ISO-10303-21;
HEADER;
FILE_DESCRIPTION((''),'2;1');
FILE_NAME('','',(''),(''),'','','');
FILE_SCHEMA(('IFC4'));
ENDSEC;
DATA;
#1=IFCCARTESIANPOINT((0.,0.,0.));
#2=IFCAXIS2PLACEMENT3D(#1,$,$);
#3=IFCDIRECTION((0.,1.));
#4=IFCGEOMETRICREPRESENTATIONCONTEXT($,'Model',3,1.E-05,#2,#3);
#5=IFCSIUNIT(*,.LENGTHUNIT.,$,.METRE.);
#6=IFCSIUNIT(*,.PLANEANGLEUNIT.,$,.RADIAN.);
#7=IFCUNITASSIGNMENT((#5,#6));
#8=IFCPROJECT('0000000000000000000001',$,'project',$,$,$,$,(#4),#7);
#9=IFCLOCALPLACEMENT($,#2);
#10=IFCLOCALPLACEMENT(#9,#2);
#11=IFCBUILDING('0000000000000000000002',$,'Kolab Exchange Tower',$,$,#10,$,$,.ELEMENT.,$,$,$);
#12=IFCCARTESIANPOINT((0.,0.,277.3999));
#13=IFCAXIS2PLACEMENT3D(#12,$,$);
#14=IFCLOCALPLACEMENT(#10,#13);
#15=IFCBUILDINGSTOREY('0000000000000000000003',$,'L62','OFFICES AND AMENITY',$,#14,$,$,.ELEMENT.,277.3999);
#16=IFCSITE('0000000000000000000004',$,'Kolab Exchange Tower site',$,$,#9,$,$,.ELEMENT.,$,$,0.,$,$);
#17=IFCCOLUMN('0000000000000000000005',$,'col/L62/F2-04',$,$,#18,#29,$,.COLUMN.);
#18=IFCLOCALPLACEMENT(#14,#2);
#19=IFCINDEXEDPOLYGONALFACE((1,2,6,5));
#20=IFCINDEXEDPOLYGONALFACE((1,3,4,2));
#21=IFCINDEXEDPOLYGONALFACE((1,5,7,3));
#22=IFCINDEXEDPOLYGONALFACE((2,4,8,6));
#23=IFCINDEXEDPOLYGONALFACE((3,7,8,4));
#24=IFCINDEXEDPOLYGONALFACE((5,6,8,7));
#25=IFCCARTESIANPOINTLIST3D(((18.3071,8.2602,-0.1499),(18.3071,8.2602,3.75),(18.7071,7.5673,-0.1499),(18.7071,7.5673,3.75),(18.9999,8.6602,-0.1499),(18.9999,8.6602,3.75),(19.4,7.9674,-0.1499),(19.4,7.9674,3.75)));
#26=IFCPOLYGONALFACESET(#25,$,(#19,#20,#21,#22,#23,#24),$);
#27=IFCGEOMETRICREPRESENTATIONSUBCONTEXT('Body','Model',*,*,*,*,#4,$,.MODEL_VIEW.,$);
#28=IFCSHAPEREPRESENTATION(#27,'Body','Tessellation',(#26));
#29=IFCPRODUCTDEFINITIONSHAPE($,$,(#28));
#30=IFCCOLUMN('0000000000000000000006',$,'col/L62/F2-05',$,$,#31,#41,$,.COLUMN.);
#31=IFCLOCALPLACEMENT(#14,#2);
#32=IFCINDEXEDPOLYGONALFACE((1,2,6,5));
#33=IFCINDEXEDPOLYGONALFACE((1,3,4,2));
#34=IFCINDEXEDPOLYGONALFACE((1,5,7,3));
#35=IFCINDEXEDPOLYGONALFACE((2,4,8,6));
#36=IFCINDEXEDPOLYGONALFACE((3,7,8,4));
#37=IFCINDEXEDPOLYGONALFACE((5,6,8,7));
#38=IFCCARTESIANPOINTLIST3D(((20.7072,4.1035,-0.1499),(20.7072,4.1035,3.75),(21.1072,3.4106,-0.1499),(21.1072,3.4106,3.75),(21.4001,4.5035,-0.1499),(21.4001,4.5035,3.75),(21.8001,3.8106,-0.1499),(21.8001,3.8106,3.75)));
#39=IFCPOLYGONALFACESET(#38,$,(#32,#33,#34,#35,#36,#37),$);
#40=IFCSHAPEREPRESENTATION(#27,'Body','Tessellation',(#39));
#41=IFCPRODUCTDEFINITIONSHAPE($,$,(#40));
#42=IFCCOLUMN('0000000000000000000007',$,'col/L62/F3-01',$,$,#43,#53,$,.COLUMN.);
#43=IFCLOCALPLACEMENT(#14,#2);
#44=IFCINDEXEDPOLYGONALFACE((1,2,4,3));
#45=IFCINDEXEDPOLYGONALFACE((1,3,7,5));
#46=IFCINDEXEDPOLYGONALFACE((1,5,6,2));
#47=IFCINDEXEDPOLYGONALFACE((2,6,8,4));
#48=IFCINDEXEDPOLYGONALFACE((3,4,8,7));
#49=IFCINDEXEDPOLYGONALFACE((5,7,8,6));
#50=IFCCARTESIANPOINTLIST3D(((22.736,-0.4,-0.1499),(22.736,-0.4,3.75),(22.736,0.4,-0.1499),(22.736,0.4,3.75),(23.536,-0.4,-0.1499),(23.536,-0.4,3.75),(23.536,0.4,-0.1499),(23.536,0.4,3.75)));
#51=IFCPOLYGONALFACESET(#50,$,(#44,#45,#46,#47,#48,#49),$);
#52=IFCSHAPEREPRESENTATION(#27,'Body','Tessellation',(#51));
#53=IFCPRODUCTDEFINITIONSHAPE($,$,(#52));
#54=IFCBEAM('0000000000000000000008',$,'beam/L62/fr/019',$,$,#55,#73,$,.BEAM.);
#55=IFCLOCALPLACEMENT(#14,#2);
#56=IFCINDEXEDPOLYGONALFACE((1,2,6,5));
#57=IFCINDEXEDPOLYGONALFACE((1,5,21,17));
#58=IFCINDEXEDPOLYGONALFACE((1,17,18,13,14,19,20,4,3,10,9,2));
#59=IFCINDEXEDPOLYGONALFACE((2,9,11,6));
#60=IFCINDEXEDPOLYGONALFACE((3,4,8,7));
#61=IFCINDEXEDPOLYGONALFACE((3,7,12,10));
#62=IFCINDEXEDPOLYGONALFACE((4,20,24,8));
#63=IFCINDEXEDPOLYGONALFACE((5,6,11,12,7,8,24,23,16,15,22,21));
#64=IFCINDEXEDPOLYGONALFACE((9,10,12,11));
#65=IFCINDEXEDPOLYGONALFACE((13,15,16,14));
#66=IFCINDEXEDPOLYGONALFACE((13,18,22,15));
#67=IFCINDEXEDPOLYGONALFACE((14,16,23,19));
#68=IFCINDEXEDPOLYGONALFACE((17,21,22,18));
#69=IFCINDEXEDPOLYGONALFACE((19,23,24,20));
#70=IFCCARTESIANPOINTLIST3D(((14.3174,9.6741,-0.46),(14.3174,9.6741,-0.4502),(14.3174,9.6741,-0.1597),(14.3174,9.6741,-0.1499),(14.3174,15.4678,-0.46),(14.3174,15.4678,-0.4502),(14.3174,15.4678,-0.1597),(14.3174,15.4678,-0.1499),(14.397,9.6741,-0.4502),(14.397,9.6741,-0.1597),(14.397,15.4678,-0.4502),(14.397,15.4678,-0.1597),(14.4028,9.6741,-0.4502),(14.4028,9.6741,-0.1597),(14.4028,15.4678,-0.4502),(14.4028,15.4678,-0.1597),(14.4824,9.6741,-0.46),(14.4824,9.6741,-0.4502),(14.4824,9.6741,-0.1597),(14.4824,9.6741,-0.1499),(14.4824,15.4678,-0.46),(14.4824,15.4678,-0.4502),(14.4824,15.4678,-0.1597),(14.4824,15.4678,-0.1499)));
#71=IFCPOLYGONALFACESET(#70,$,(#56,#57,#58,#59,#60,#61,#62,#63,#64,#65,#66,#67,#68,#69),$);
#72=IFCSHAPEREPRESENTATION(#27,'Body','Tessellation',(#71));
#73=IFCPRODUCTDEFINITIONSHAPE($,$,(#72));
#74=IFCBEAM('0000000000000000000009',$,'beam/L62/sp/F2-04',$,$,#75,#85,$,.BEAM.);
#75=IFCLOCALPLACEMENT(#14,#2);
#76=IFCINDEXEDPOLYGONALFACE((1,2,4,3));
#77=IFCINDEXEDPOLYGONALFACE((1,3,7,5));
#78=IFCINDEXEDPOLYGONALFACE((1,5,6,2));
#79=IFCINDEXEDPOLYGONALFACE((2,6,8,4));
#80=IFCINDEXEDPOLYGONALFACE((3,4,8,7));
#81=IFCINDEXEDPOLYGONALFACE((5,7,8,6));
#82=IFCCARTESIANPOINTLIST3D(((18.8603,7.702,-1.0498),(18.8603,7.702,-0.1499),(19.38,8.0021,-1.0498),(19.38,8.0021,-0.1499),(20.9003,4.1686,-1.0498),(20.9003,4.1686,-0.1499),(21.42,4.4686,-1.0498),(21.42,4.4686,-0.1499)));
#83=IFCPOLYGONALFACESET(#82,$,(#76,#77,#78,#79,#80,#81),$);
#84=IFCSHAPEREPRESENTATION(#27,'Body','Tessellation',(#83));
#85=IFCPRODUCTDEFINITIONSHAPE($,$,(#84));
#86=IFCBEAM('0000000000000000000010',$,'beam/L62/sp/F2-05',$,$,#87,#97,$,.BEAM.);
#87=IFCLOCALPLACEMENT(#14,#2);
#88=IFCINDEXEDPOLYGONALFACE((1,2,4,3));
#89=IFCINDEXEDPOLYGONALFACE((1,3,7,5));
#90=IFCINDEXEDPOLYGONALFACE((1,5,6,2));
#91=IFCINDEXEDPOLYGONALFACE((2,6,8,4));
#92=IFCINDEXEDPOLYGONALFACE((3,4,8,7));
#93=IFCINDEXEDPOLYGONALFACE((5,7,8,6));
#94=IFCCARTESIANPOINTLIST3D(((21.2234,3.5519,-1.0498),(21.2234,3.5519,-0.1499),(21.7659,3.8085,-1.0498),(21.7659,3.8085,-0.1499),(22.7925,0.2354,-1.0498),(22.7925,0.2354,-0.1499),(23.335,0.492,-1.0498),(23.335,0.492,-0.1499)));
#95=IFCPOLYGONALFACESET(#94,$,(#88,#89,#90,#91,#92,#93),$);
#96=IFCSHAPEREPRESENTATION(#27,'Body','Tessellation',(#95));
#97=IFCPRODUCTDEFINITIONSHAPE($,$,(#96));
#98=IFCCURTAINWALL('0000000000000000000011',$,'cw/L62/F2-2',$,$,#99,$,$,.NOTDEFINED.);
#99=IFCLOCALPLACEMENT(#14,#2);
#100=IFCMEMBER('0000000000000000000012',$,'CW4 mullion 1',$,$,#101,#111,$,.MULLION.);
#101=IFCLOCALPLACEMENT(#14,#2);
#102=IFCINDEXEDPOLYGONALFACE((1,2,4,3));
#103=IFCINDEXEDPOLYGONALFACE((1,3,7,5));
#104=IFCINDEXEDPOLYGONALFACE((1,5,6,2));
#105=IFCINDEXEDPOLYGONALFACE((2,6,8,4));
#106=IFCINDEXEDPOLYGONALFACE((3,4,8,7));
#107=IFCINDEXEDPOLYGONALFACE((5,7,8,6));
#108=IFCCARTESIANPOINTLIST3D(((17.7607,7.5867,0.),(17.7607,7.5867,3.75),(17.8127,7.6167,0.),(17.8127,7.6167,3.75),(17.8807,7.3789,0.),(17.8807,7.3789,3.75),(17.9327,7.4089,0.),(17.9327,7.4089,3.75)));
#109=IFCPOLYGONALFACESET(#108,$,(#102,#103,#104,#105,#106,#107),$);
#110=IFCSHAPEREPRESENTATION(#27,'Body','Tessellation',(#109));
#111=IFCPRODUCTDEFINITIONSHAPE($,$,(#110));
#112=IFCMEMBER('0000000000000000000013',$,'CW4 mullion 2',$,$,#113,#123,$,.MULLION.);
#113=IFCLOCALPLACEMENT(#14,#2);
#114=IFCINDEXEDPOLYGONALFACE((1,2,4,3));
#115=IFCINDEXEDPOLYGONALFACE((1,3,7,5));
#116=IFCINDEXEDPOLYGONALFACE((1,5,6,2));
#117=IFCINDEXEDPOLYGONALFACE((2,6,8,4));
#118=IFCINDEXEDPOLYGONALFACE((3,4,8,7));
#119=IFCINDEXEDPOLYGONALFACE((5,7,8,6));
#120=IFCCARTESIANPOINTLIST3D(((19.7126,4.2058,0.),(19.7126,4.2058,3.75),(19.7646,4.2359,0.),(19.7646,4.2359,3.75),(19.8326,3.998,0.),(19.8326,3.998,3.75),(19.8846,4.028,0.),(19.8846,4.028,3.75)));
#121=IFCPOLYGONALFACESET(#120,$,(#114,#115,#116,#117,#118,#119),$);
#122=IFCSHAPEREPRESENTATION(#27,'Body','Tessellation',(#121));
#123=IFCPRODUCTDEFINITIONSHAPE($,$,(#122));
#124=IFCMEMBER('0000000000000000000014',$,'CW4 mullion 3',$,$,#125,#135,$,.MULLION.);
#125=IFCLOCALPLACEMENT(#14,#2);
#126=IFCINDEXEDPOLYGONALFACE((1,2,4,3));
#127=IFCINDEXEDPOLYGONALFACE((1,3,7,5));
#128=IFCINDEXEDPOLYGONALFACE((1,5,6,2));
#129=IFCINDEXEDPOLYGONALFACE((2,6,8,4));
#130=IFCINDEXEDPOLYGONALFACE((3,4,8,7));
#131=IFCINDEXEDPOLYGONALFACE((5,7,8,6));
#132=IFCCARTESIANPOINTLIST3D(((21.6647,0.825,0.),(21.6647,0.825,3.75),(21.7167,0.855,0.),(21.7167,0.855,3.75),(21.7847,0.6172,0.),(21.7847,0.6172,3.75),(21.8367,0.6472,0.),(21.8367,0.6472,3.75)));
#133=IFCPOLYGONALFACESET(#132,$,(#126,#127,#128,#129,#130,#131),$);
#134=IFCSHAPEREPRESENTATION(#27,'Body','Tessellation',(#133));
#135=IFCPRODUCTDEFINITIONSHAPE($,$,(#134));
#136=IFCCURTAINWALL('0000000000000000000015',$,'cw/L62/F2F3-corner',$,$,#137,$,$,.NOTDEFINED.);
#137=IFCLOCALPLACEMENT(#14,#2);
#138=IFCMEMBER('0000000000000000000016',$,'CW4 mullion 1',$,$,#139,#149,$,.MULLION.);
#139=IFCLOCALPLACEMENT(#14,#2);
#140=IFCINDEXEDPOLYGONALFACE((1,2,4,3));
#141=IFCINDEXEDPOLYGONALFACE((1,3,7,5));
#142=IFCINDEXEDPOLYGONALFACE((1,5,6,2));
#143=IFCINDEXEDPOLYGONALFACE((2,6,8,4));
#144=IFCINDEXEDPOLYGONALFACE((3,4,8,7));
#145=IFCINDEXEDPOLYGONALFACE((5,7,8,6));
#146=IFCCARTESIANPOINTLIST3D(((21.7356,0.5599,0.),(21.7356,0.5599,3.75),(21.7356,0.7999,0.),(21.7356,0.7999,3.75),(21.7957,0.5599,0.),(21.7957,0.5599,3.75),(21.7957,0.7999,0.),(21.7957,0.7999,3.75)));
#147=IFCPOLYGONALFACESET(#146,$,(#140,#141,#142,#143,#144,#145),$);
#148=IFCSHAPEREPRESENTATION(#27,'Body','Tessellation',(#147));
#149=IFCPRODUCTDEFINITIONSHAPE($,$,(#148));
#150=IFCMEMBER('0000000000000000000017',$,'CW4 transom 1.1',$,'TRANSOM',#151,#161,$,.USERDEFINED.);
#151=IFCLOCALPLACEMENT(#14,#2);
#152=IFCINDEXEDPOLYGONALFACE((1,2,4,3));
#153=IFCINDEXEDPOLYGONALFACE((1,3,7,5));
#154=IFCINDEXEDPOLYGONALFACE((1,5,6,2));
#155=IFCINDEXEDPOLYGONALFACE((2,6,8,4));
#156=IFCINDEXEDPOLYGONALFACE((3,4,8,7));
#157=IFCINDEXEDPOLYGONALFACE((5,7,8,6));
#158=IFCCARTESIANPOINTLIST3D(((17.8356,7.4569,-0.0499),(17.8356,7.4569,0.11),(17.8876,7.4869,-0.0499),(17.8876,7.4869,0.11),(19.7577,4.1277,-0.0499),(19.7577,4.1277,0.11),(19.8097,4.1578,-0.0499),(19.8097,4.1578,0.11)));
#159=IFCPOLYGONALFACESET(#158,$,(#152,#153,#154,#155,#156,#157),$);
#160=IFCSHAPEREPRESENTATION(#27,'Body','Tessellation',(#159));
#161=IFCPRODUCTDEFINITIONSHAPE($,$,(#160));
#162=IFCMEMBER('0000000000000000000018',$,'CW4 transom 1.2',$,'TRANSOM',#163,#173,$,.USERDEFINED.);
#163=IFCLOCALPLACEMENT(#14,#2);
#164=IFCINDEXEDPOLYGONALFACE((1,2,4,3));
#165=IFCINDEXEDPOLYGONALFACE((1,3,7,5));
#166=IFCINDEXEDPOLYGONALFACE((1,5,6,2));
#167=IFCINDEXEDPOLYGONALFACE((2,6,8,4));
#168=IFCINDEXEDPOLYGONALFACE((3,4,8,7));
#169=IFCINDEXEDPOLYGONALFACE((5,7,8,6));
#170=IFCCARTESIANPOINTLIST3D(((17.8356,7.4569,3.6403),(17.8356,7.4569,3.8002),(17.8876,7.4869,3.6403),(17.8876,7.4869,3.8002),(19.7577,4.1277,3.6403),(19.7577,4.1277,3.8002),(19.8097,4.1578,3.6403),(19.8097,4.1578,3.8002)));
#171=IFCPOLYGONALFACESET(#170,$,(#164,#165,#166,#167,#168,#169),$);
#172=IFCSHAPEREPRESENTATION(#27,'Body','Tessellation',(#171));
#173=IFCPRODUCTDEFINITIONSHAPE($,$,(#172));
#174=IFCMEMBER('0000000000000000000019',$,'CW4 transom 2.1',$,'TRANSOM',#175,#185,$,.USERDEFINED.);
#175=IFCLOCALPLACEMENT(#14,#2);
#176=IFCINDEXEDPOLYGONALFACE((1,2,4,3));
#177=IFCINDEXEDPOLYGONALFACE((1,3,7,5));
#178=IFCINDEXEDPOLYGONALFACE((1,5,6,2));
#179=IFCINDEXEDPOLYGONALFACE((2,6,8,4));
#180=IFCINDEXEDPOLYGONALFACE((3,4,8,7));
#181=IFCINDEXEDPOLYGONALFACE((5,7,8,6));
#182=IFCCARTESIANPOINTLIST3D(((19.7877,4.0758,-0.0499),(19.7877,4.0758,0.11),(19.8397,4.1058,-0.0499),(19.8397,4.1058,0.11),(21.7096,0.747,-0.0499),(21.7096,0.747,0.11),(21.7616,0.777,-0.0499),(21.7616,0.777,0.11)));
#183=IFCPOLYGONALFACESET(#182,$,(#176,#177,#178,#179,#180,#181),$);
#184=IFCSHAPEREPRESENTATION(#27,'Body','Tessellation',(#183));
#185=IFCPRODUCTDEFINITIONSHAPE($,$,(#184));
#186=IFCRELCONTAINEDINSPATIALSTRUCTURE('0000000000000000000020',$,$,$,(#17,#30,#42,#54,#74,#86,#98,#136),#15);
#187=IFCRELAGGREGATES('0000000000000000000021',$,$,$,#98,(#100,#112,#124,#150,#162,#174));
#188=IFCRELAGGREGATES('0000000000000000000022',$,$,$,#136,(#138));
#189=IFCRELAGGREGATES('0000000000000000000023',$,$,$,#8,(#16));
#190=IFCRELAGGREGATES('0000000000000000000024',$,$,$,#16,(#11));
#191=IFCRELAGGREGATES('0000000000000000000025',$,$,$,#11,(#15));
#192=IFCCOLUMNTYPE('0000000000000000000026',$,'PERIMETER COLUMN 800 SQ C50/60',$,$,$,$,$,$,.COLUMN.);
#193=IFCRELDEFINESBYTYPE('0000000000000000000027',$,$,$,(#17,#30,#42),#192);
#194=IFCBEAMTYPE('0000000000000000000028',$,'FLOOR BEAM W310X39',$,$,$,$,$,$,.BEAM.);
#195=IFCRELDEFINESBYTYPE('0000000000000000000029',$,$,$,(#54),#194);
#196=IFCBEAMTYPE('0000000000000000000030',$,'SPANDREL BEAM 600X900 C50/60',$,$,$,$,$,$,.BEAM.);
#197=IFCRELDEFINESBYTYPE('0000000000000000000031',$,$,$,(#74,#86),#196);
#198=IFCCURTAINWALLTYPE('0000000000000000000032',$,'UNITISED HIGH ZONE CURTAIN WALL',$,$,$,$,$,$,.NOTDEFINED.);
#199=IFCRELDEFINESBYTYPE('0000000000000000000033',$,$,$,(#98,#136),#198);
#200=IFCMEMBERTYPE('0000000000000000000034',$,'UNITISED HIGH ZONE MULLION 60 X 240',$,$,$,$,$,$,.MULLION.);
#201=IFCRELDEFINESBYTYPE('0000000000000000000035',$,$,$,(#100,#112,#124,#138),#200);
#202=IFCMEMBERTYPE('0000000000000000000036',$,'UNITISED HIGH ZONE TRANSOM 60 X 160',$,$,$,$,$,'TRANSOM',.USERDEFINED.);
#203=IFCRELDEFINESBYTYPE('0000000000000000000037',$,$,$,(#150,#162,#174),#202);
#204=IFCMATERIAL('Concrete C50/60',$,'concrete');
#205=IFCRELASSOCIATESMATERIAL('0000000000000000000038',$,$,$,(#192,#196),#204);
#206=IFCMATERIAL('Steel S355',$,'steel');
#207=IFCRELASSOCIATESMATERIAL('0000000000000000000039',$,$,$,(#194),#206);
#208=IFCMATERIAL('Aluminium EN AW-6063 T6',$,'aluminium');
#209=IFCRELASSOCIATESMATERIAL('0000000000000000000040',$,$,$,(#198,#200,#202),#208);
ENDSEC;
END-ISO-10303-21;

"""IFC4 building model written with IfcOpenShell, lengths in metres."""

from ifc_helpers import new_model, si_unit, direction, frame, origin, origin_2d, place, context, subcontext, project, spatial, rectangle, i_section, extrude, material, material_profile, profile_set, type_object, element, aggregate, save


model = new_model("IFC4")

# Units and contexts
model_context = context("Model", 3, precision=1e-05, world=origin(), true_north=direction((0.0, 1.0)))
body_context = subcontext(model_context, "Body", "Model", "MODEL_VIEW")
ifc_project = project(units=[si_unit("LENGTHUNIT", "METRE"), si_unit("PLANEANGLEUNIT", "RADIAN")], contexts=[model_context])

# Site, building, storey
site_placement = place(None, origin())
site = spatial("IfcSite", under=ifc_project, at=site_placement, Name="Kolab Exchange Tower site", CompositionType="ELEMENT", RefElevation=0.0)
building_placement = place(site_placement, origin())
building = spatial("IfcBuilding", under=site, at=building_placement, Name="Kolab Exchange Tower", CompositionType="ELEMENT")
storey_placement = place(building_placement, frame((0.0, 0.0, 277.3999)))
storey = spatial("IfcBuildingStorey", under=building, at=storey_placement, Name="L62", Description="OFFICES AND AMENITY", CompositionType="ELEMENT", Elevation=277.3999)

# Columns
ifc_material_1 = material(Name="Concrete C50/60", Category="concrete")
ifc_material_profile_1 = material_profile(ifc_material_1, rectangle(XDim=0.8, YDim=0.8, at=origin_2d()), Name="RC800")
ifc_profile_set_1 = profile_set([ifc_material_profile_1], Name="Concrete C50/60")
column_type = type_object("IfcColumnType", Name="PERIMETER COLUMN 800 SQ C50/60", PredefinedType="COLUMN", material=ifc_profile_set_1)
for number, where, z_axis, x_axis, name in (
    (1, (18.8535, 8.1138, -0.1499), (0.0, 0.0, 1.0), (0.866025, 0.5, 0.0), "col/L62/F2-04"),
    (2, (21.2537, 3.957, -0.1499), (0.0, 0.0, 1.0), (0.866025, 0.5, 0.0), "col/L62/F2-05"),
    (3, (23.136, 0.0, -0.1499), (0.0, 0.0, 1.0), (1.0, 0.0, 0.0), "col/L62/F3-01"),
):
    element("IfcColumn", number, at=place(storey_placement, frame(where, z_axis=z_axis, x_axis=x_axis)), inside=storey, type_object=column_type, Name=name, PredefinedType="COLUMN", context=body_context, shape_type="SweptSolid", body=[
        extrude(rectangle(XDim=0.8, YDim=0.8, at=origin_2d()), origin(), (0.0, 0.0, 1.0), 3.8999),
    ])

# Beams
ifc_material_2 = material(Name="Steel S355", Category="steel")
ifc_material_profile_2 = material_profile(ifc_material_2, i_section(OverallWidth=0.165, OverallDepth=0.3101, WebThickness=0.0059, FlangeThickness=0.0098, at=origin_2d()), Name="W310X39")
ifc_profile_set_2 = profile_set([ifc_material_profile_2], Name="Steel S355")
beam_type_1 = type_object("IfcBeamType", Name="FLOOR BEAM W310X39", PredefinedType="BEAM", material=ifc_profile_set_2)
beam_1_placement = place(storey_placement, frame((14.3999, 9.6741, -0.3049), z_axis=(0.0, 1.0, 0.0), x_axis=(-1.0, 0.0, 0.0)))
element("IfcBeam", 4, at=beam_1_placement, inside=storey, type_object=beam_type_1, Name="beam/L62/fr/019", PredefinedType="BEAM", context=body_context, shape_type="SweptSolid", body=[
    extrude(i_section(OverallWidth=0.165, OverallDepth=0.3101, WebThickness=0.0059, FlangeThickness=0.0098, at=origin_2d()), origin(), (0.0, 0.0, 1.0), 5.7937),
])
ifc_material_profile_3 = material_profile(ifc_material_1, rectangle(XDim=0.6001, YDim=0.8999, at=origin_2d()), Name="RC600X900")
ifc_profile_set_3 = profile_set([ifc_material_profile_3], Name="Concrete C50/60")
beam_type_2 = type_object("IfcBeamType", Name="SPANDREL BEAM 600X900 C50/60", PredefinedType="BEAM", material=ifc_profile_set_3)
beam_2_placement = place(storey_placement, frame((19.1201, 7.8521, -0.5999), z_axis=(0.5, -0.866025, 0.0), x_axis=(0.866025, 0.5, 0.0)))
element("IfcBeam", 5, at=beam_2_placement, inside=storey, type_object=beam_type_2, Name="beam/L62/sp/F2-04", PredefinedType="BEAM", context=body_context, shape_type="SweptSolid", body=[
    extrude(rectangle(XDim=0.6001, YDim=0.8999, at=origin_2d()), origin(), (0.0, 0.0, 1.0), 4.0801),
])
beam_3_placement = place(storey_placement, frame((21.4946, 3.6802, -0.5999), z_axis=(0.427677, -0.903932, 0.0), x_axis=(0.903932, 0.427677, 0.0)))
element("IfcBeam", 6, at=beam_3_placement, inside=storey, type_object=beam_type_2, Name="beam/L62/sp/F2-05", PredefinedType="BEAM", context=body_context, shape_type="SweptSolid", body=[
    extrude(rectangle(XDim=0.6001, YDim=0.8999, at=origin_2d()), origin(), (0.0, 0.0, 1.0), 3.6689),
])

# Curtain wall, members
ifc_material_3 = material(Name="Aluminium EN AW-6063 T6", Category="aluminium")
curtain_wall_type = type_object("IfcCurtainWallType", Name="UNITISED HIGH ZONE CURTAIN WALL", PredefinedType="NOTDEFINED", material=ifc_material_3)
curtain_wall_1_placement = place(storey_placement, origin())
curtain_wall_1 = element("IfcCurtainWall", 7, at=curtain_wall_1_placement, inside=storey, type_object=curtain_wall_type, Name="cw/L62/F2-2", PredefinedType="NOTDEFINED")
ifc_material_profile_4 = material_profile(ifc_material_3, rectangle(XDim=0.0601, YDim=0.24, at=origin_2d()), Name="RECT 60X240")
ifc_profile_set_4 = profile_set([ifc_material_profile_4], Name="Aluminium EN AW-6063 T6")
member_type_1 = type_object("IfcMemberType", Name="UNITISED HIGH ZONE MULLION 60 X 240", PredefinedType="MULLION", material=ifc_profile_set_4)
member_1_placement = place(storey_placement, frame((17.8467, 7.4978, 0.0), z_axis=(0.0, 0.0, 1.0), x_axis=(0.866025, 0.5, 0.0)))
member_1 = element("IfcMember", 8, at=member_1_placement, type_object=member_type_1, Name="CW4 mullion 1", PredefinedType="MULLION", context=body_context, shape_type="SweptSolid", body=[
    extrude(rectangle(XDim=0.0601, YDim=0.24, at=origin_2d()), origin(), (0.0, 0.0, 1.0), 3.75),
])
member_2_placement = place(storey_placement, frame((19.7986, 4.1169, 0.0), z_axis=(0.0, 0.0, 1.0), x_axis=(0.866025, 0.5, 0.0)))
member_2 = element("IfcMember", 9, at=member_2_placement, type_object=member_type_1, Name="CW4 mullion 2", PredefinedType="MULLION", context=body_context, shape_type="SweptSolid", body=[
    extrude(rectangle(XDim=0.0601, YDim=0.24, at=origin_2d()), origin(), (0.0, 0.0, 1.0), 3.75),
])
member_3_placement = place(storey_placement, frame((21.7507, 0.7361, 0.0), z_axis=(0.0, 0.0, 1.0), x_axis=(0.866025, 0.5, 0.0)))
member_3 = element("IfcMember", 10, at=member_3_placement, type_object=member_type_1, Name="CW4 mullion 3", PredefinedType="MULLION", context=body_context, shape_type="SweptSolid", body=[
    extrude(rectangle(XDim=0.0601, YDim=0.24, at=origin_2d()), origin(), (0.0, 0.0, 1.0), 3.75),
])

# Curtain wall, member
curtain_wall_2_placement = place(storey_placement, origin())
curtain_wall_2 = element("IfcCurtainWall", 11, at=curtain_wall_2_placement, inside=storey, type_object=curtain_wall_type, Name="cw/L62/F2F3-corner", PredefinedType="NOTDEFINED")
member_4_placement = place(storey_placement, frame((21.7656, 0.6799, 0.0), z_axis=(0.0, 0.0, 1.0), x_axis=(1.0, 0.0, 0.0)))
member_4 = element("IfcMember", 12, at=member_4_placement, type_object=member_type_1, Name="CW4 mullion 1", PredefinedType="MULLION", context=body_context, shape_type="SweptSolid", body=[
    extrude(rectangle(XDim=0.0601, YDim=0.24, at=origin_2d()), origin(), (0.0, 0.0, 1.0), 3.75),
])

# Members
ifc_material_profile_5 = material_profile(ifc_material_3, rectangle(XDim=0.0601, YDim=0.1599, at=origin_2d()), Name="RECT 60X160")
ifc_profile_set_5 = profile_set([ifc_material_profile_5], Name="Aluminium EN AW-6063 T6")
member_type_2 = type_object("IfcMemberType", Name="UNITISED HIGH ZONE TRANSOM 60 X 160", ElementType="TRANSOM", PredefinedType="USERDEFINED", material=ifc_profile_set_5)
member_5_placement = place(storey_placement, frame((17.8616, 7.4719, 0.03), z_axis=(0.500012, -0.866018, 0.0), x_axis=(0.866018, 0.500012, 0.0)))
member_5 = element("IfcMember", 13, at=member_5_placement, type_object=member_type_2, Name="CW4 transom 1.1", ObjectType="TRANSOM", PredefinedType="USERDEFINED", context=body_context, shape_type="SweptSolid", body=[
    extrude(rectangle(XDim=0.0601, YDim=0.1599, at=origin_2d()), origin(), (0.0, 0.0, 1.0), 3.8442),
])
member_6_placement = place(storey_placement, frame((17.8616, 7.4719, 3.7202), z_axis=(0.500012, -0.866018, 0.0), x_axis=(0.866018, 0.500012, 0.0)))
member_6 = element("IfcMember", 14, at=member_6_placement, type_object=member_type_2, Name="CW4 transom 1.2", ObjectType="TRANSOM", PredefinedType="USERDEFINED", context=body_context, shape_type="SweptSolid", body=[
    extrude(rectangle(XDim=0.0601, YDim=0.1599, at=origin_2d()), origin(), (0.0, 0.0, 1.0), 3.8442),
])
member_7_placement = place(storey_placement, frame((19.8137, 4.0908, 0.03), z_axis=(0.499992, -0.86603, 0.0), x_axis=(0.86603, 0.499992, 0.0)))
member_7 = element("IfcMember", 15, at=member_7_placement, type_object=member_type_2, Name="CW4 transom 2.1", ObjectType="TRANSOM", PredefinedType="USERDEFINED", context=body_context, shape_type="SweptSolid", body=[
    extrude(rectangle(XDim=0.0601, YDim=0.1599, at=origin_2d()), origin(), (0.0, 0.0, 1.0), 3.8438),
])

aggregate(curtain_wall_1, [member_1, member_2, member_3, member_5, member_6, member_7])
aggregate(curtain_wall_2, [member_4])

save(model, "model.ifc")
